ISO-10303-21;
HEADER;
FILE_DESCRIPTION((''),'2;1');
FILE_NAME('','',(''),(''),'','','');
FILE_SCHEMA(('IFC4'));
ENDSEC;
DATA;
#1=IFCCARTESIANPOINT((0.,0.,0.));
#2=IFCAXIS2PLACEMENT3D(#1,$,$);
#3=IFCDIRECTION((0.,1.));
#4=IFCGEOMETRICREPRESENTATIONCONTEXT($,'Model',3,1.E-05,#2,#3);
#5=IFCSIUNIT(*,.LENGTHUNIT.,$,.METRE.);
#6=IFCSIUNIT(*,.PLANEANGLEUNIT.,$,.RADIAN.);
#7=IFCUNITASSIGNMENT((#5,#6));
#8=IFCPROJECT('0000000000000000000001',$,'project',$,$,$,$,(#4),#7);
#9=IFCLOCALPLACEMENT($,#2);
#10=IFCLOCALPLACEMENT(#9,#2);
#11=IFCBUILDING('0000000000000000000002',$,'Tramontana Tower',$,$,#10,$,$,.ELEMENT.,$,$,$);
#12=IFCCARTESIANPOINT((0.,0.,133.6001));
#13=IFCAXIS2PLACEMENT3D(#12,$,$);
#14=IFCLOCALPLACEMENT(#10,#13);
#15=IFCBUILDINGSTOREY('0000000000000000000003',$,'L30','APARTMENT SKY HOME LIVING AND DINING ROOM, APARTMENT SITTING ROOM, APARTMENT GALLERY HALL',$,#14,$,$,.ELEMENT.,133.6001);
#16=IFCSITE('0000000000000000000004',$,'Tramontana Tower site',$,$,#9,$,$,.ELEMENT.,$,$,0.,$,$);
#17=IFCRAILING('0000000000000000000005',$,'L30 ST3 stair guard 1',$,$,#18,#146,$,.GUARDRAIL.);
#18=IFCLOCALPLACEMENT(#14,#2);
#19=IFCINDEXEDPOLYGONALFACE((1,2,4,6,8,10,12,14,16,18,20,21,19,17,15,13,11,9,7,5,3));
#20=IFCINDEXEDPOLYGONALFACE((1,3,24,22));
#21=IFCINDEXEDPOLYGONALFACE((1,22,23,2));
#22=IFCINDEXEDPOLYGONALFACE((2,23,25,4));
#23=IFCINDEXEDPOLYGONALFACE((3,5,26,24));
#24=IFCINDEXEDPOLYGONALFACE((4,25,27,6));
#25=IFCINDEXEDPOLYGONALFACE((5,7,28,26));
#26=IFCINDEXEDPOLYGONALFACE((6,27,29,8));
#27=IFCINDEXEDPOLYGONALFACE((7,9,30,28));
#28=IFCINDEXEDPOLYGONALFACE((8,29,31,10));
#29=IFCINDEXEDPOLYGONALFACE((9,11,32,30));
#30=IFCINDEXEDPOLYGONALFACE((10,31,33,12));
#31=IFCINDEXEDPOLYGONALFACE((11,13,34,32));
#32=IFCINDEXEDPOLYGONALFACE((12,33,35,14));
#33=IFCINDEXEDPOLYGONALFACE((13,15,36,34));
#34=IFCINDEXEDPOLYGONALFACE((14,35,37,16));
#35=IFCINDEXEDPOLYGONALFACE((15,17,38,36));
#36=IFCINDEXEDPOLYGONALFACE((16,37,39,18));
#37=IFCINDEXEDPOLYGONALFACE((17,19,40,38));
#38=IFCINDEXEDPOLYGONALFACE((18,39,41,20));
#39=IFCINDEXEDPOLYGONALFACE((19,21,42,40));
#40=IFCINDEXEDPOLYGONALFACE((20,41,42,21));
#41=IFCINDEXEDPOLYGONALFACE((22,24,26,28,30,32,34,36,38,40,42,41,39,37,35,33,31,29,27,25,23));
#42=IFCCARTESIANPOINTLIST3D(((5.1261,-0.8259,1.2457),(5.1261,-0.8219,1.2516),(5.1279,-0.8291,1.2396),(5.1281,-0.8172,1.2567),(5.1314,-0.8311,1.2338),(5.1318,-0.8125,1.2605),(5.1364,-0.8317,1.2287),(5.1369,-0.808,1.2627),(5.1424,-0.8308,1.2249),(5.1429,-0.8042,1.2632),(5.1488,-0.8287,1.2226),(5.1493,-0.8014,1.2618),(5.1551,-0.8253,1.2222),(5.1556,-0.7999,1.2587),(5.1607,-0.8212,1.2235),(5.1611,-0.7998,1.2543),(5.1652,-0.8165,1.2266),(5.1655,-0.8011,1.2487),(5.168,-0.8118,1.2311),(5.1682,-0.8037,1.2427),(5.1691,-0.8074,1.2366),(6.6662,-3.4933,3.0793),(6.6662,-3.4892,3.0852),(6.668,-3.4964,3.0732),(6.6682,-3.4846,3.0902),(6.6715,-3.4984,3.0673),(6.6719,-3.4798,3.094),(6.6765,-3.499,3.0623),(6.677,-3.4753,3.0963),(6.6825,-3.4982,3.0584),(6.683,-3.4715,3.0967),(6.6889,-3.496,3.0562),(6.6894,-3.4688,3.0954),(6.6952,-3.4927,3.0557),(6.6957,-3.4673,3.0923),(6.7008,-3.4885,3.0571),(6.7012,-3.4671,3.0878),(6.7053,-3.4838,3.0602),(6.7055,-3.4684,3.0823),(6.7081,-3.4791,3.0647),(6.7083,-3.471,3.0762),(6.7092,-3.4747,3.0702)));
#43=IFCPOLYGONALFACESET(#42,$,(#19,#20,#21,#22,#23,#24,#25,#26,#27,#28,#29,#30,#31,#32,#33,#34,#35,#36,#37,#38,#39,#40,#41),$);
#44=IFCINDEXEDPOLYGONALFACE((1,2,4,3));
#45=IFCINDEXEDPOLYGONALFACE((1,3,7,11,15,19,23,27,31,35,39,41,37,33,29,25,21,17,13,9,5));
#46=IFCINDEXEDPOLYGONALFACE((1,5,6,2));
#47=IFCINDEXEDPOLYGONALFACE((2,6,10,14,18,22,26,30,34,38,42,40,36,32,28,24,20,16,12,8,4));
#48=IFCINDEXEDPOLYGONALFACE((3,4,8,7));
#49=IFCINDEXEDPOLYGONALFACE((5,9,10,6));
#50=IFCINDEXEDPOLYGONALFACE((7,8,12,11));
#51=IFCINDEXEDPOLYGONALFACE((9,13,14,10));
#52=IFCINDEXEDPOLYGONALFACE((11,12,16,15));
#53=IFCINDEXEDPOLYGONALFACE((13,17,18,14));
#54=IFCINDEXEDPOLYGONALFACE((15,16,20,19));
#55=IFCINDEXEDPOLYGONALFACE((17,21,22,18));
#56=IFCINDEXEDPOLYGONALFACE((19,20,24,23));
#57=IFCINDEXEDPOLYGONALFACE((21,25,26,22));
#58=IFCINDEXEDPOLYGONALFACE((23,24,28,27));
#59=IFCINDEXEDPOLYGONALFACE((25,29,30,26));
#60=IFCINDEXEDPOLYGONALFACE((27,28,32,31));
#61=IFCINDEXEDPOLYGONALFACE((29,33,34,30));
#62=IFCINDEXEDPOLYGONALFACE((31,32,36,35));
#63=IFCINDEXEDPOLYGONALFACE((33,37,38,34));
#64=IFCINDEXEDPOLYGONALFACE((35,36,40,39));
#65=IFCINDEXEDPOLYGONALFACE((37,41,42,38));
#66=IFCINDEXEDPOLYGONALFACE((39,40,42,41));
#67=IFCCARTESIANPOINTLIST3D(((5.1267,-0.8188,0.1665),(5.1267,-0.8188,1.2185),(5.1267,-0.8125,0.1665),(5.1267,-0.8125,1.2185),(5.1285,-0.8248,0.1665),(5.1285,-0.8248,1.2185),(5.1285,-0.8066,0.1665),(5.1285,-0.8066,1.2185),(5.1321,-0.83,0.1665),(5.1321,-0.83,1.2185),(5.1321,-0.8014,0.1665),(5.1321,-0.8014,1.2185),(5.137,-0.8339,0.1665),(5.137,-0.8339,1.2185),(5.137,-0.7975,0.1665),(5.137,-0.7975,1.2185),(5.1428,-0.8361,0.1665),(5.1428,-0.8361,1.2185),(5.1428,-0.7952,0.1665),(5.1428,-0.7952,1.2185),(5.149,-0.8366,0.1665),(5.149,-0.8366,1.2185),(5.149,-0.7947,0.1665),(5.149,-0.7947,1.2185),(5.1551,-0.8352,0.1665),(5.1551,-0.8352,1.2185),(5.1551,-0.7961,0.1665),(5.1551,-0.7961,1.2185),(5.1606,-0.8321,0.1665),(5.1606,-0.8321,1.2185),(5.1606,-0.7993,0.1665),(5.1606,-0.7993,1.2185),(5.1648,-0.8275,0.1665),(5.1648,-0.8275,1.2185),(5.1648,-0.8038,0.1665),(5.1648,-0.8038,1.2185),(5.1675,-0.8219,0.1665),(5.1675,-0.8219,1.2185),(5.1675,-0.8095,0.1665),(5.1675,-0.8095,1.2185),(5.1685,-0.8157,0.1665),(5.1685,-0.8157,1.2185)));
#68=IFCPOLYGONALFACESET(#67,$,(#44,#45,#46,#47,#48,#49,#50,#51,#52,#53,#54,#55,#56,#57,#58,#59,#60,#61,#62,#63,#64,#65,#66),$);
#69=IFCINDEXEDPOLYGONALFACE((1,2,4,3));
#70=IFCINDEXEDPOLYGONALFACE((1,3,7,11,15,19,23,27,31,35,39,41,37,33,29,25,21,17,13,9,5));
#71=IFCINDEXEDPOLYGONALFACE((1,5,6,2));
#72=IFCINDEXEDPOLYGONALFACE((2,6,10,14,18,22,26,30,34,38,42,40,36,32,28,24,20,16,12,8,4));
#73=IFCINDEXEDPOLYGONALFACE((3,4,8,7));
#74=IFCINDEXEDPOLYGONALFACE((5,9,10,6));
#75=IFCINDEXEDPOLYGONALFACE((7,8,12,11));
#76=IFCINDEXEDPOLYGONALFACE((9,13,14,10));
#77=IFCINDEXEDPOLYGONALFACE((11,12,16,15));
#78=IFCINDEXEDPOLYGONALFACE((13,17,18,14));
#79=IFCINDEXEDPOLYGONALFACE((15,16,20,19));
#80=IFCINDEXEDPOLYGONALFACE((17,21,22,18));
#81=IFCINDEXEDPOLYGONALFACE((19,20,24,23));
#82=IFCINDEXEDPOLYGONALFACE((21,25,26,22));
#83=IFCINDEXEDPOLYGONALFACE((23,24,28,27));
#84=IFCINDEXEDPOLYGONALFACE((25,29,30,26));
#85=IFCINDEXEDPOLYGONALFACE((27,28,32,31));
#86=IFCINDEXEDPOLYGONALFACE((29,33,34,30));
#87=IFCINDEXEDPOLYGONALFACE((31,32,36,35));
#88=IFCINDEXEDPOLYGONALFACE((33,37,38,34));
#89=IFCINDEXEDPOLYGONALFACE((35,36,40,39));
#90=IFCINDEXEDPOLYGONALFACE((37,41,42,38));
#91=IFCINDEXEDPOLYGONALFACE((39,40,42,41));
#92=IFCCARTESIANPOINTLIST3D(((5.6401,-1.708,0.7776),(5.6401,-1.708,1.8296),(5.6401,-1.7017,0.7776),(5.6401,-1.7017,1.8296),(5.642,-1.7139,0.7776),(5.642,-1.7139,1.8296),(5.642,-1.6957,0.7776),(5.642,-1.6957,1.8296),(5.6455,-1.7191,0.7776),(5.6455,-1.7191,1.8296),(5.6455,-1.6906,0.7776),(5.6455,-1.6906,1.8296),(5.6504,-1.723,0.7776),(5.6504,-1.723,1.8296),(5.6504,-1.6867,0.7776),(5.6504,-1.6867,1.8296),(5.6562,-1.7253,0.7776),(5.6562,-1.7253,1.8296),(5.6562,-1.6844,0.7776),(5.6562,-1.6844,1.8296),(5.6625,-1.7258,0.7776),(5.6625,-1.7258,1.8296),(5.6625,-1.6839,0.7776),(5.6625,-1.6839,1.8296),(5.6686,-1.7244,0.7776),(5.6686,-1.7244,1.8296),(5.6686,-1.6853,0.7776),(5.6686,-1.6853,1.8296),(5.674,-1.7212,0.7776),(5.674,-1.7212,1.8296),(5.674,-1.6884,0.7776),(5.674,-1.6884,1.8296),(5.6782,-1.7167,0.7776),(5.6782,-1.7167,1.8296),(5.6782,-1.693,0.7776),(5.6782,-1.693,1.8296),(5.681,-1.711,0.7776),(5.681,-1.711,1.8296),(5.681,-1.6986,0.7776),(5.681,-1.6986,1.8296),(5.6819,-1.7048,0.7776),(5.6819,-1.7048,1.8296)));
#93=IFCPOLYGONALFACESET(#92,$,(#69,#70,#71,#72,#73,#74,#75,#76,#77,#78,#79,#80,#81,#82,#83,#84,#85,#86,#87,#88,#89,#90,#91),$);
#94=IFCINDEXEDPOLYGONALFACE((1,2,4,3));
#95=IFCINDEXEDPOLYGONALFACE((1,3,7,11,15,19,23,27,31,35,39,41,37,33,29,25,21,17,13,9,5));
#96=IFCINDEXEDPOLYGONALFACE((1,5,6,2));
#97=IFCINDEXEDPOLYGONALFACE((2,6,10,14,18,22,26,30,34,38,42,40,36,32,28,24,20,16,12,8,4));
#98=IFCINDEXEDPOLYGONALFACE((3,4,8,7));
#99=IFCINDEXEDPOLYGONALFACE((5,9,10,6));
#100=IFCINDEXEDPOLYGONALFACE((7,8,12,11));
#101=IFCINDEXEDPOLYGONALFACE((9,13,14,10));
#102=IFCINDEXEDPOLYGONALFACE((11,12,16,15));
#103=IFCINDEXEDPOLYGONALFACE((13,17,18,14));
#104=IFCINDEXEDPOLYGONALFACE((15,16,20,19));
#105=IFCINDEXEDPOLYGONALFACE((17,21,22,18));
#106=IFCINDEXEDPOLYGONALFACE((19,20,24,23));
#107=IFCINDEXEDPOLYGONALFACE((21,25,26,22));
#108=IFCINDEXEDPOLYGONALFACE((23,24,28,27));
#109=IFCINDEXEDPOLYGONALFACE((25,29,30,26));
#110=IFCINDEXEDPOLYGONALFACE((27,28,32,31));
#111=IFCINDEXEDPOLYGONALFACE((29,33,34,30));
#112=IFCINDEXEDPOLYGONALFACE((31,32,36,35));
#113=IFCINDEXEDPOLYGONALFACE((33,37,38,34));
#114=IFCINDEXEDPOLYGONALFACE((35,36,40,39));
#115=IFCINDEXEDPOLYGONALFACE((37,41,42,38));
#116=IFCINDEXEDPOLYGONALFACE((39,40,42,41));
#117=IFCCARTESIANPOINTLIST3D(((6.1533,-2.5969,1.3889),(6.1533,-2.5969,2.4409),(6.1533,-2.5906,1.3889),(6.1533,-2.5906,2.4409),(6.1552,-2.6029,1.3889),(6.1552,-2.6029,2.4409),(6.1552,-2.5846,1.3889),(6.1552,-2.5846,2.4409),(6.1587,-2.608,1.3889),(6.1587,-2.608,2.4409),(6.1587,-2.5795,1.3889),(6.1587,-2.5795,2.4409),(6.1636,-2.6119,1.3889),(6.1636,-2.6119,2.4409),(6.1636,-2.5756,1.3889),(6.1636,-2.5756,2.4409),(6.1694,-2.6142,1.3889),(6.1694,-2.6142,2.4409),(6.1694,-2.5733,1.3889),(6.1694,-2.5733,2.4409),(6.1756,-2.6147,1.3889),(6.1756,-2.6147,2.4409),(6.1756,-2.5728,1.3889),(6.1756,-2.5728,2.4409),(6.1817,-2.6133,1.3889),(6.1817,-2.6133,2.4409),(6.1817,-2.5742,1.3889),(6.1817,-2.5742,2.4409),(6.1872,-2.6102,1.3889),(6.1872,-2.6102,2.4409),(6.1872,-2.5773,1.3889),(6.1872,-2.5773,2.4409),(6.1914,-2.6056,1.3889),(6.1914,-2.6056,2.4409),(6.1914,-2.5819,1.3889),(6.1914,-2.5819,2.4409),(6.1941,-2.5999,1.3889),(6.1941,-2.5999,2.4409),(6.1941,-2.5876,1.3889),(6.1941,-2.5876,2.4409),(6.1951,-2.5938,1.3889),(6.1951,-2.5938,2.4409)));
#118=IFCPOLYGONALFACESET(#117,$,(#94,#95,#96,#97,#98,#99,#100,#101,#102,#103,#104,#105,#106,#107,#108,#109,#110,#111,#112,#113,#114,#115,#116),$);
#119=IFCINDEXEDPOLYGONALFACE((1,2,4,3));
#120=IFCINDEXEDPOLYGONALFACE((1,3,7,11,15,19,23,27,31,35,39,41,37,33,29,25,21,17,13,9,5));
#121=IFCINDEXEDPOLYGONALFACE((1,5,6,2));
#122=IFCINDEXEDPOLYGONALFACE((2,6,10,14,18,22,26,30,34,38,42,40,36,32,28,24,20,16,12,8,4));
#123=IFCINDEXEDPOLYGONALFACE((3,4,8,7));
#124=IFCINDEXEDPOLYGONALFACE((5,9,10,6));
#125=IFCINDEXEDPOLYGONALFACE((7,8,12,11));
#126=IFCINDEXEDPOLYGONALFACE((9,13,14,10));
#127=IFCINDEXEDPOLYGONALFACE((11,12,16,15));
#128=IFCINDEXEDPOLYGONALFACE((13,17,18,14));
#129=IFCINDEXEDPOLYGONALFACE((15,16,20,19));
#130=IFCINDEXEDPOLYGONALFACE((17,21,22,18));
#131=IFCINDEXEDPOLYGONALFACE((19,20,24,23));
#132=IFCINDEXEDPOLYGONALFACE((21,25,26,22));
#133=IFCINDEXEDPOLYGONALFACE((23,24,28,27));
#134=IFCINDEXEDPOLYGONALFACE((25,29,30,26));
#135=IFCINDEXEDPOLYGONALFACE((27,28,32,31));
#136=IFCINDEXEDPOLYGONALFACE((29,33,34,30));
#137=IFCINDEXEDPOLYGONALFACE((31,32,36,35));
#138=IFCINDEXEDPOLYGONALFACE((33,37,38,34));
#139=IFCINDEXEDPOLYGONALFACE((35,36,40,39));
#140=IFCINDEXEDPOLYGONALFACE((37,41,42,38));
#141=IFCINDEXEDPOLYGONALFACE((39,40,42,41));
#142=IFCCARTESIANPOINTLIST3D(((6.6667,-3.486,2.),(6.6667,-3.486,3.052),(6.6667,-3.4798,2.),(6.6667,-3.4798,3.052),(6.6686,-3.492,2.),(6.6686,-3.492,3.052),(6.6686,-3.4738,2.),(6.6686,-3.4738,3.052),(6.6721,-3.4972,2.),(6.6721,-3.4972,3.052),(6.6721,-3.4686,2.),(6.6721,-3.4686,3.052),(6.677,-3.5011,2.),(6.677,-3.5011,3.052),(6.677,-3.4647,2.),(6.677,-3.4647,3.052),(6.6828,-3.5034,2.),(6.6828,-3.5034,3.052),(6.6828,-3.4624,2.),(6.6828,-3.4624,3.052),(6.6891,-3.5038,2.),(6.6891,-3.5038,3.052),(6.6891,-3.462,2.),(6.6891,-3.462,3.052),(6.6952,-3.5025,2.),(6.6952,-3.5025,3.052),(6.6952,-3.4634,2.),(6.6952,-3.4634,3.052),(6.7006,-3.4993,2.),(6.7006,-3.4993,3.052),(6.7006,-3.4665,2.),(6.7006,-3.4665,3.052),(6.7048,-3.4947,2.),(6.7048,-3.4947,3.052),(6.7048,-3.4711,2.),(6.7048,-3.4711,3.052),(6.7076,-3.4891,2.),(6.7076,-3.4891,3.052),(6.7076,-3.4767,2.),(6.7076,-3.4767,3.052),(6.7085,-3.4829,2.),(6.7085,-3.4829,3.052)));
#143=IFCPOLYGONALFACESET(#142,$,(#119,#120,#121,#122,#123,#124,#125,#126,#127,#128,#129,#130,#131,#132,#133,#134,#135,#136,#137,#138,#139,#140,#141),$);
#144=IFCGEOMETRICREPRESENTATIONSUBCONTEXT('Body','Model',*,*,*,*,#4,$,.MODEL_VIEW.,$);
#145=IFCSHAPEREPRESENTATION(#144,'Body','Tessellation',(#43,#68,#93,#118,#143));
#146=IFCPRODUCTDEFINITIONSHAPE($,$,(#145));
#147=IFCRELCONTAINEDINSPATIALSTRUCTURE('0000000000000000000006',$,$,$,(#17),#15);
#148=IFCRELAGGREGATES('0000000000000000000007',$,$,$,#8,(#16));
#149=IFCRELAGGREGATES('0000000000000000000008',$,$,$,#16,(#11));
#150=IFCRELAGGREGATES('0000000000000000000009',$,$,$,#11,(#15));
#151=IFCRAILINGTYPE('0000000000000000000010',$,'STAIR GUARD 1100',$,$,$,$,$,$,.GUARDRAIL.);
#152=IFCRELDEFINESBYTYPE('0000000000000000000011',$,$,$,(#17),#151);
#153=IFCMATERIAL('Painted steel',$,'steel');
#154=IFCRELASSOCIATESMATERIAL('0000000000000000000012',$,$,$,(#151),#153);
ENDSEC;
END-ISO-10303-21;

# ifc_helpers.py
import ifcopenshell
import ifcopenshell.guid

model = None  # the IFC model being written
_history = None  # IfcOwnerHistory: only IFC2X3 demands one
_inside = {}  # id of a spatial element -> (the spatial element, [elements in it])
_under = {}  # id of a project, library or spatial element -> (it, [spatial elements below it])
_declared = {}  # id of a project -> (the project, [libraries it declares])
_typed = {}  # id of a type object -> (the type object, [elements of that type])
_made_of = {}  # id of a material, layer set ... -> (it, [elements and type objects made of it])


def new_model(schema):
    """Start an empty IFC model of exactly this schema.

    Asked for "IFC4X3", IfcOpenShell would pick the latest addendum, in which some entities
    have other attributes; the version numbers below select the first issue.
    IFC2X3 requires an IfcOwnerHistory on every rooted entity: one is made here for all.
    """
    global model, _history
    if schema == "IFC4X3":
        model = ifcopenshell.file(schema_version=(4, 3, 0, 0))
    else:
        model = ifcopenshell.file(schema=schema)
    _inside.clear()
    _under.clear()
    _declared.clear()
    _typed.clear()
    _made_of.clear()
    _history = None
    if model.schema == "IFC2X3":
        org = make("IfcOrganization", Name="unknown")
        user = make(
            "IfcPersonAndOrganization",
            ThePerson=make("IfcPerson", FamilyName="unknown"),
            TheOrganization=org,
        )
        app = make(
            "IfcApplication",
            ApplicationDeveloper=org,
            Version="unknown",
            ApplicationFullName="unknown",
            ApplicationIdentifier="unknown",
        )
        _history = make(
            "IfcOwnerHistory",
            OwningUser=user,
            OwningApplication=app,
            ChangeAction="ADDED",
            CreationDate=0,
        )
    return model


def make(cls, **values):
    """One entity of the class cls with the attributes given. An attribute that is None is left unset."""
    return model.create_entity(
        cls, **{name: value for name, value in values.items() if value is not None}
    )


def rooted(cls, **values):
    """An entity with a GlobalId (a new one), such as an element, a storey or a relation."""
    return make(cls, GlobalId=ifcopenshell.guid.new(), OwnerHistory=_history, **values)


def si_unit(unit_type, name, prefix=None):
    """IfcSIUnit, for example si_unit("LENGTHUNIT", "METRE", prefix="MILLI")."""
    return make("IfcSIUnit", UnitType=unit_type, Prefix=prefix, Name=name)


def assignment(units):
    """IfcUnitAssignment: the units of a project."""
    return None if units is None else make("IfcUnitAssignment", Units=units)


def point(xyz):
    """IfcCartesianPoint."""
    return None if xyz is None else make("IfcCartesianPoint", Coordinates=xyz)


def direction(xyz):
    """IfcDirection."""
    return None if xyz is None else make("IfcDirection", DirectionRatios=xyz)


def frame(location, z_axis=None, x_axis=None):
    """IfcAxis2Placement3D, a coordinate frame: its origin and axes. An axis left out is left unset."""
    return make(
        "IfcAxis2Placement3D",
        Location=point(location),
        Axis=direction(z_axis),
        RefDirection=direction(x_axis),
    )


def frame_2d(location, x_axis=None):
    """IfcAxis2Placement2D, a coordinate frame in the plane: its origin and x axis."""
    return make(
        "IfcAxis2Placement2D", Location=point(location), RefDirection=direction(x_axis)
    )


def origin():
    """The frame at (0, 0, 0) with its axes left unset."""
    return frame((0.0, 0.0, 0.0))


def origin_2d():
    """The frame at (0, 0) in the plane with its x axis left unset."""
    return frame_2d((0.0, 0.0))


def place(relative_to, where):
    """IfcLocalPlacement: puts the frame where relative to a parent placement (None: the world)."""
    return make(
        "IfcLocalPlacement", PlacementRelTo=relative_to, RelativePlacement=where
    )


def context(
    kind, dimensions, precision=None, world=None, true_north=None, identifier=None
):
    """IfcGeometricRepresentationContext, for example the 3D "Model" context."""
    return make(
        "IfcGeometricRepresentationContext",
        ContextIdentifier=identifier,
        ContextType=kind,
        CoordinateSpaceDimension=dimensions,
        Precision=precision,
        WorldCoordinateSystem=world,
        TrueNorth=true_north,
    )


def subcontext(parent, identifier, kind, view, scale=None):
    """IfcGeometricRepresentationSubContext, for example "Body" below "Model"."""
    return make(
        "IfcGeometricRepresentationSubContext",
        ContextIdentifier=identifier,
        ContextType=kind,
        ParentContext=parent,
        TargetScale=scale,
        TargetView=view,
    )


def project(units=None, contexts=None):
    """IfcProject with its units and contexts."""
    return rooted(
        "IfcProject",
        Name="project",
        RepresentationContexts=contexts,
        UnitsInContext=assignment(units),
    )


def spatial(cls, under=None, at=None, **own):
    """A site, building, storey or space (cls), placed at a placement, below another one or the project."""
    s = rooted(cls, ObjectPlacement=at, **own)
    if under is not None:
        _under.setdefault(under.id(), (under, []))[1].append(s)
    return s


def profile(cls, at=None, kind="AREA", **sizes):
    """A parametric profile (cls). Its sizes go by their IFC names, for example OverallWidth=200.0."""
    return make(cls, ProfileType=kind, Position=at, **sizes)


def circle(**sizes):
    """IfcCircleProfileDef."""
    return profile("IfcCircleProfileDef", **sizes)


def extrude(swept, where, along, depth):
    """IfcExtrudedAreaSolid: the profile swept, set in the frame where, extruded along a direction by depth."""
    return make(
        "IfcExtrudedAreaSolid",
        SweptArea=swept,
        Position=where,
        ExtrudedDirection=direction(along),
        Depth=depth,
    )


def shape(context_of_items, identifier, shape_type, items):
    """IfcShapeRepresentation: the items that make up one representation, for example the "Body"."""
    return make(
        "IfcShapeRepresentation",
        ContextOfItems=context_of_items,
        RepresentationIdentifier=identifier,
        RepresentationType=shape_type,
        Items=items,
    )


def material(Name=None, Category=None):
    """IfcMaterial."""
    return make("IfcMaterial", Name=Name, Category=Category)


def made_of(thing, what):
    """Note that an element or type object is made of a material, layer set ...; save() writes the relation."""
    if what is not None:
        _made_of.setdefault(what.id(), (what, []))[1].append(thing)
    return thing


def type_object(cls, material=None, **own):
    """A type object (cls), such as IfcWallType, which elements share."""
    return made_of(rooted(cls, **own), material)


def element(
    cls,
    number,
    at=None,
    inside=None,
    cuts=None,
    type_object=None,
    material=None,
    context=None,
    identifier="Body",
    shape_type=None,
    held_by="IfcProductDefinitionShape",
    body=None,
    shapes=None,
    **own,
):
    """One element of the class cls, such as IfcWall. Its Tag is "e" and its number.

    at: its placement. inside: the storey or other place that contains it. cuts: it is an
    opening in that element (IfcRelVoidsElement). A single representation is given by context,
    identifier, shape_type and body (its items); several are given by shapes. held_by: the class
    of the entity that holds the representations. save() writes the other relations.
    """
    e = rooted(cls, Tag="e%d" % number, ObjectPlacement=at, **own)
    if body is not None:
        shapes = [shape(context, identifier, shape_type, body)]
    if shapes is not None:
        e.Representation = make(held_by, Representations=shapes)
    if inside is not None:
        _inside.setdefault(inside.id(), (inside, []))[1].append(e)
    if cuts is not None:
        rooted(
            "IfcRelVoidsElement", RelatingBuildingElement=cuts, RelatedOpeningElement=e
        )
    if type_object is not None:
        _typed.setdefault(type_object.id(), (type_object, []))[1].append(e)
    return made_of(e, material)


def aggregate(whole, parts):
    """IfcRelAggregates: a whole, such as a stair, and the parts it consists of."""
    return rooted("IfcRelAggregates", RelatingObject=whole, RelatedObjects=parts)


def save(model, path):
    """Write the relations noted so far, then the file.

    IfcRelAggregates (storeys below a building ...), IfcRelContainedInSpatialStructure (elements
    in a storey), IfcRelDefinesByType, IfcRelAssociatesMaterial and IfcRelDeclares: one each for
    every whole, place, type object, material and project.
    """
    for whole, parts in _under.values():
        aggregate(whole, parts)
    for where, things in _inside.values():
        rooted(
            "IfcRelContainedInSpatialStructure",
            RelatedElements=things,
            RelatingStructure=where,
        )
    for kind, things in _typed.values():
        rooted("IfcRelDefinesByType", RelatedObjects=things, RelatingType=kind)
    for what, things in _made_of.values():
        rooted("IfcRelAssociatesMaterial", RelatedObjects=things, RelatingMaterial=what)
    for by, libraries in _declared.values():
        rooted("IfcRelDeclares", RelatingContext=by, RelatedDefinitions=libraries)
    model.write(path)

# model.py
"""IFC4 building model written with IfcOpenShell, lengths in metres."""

from ifc_helpers import new_model, si_unit, direction, frame, origin, origin_2d, place, context, subcontext, project, spatial, circle, extrude, material, type_object, element, save


model = new_model("IFC4")

# Units and contexts
model_context = context("Model", 3, precision=1e-05, world=origin(), true_north=direction((0.0, 1.0)))
body_context = subcontext(model_context, "Body", "Model", "MODEL_VIEW")
ifc_project = project(units=[si_unit("LENGTHUNIT", "METRE"), si_unit("PLANEANGLEUNIT", "RADIAN")], contexts=[model_context])

# Site, building, storey
site_placement = place(None, origin())
site = spatial("IfcSite", under=ifc_project, at=site_placement, Name="Tramontana Tower site", CompositionType="ELEMENT", RefElevation=0.0)
building_placement = place(site_placement, origin())
building = spatial("IfcBuilding", under=site, at=building_placement, Name="Tramontana Tower", CompositionType="ELEMENT")
storey_placement = place(building_placement, frame((0.0, 0.0, 133.6001)))
storey = spatial("IfcBuildingStorey", under=building, at=storey_placement, Name="L30", Description="APARTMENT SKY HOME LIVING AND DINING ROOM, APARTMENT SITTING ROOM, APARTMENT GALLERY HALL", CompositionType="ELEMENT", Elevation=133.6001)

# Railing
ifc_material_1 = material(Name="Painted steel", Category="steel")
railing_type = type_object("IfcRailingType", Name="STAIR GUARD 1100", PredefinedType="GUARDRAIL", material=ifc_material_1)
railing_1_placement = place(storey_placement, frame((5.1475, -0.8157, 0.1665)))
element("IfcRailing", 1, at=railing_1_placement, inside=storey, type_object=railing_type, Name="L30 ST3 stair guard 1", PredefinedType="GUARDRAIL", context=body_context, shape_type="SweptSolid", body=[
    extrude(circle(Radius=0.0239, at=origin_2d()), frame((0.0, 0.0, 1.0762), z_axis=(0.429656, -0.744134, 0.511528), x_axis=(0.86601, 0.500027, 0.0)), (0.0, 0.0, 1.0), 3.5845),
    extrude(circle(Radius=0.021, at=origin_2d()), origin(), (0.0, 0.0, 1.0), 1.052),
    extrude(circle(Radius=0.021, at=origin_2d()), frame((0.5134, -0.8892, 0.6111)), (0.0, 0.0, 1.0), 1.052),
    extrude(circle(Radius=0.021, at=origin_2d()), frame((1.0266, -1.7781, 1.2224)), (0.0, 0.0, 1.0), 1.052),
    extrude(circle(Radius=0.021, at=origin_2d()), frame((1.54, -2.6672, 1.8335)), (0.0, 0.0, 1.0), 1.052),
])

save(model, "model.ifc")
